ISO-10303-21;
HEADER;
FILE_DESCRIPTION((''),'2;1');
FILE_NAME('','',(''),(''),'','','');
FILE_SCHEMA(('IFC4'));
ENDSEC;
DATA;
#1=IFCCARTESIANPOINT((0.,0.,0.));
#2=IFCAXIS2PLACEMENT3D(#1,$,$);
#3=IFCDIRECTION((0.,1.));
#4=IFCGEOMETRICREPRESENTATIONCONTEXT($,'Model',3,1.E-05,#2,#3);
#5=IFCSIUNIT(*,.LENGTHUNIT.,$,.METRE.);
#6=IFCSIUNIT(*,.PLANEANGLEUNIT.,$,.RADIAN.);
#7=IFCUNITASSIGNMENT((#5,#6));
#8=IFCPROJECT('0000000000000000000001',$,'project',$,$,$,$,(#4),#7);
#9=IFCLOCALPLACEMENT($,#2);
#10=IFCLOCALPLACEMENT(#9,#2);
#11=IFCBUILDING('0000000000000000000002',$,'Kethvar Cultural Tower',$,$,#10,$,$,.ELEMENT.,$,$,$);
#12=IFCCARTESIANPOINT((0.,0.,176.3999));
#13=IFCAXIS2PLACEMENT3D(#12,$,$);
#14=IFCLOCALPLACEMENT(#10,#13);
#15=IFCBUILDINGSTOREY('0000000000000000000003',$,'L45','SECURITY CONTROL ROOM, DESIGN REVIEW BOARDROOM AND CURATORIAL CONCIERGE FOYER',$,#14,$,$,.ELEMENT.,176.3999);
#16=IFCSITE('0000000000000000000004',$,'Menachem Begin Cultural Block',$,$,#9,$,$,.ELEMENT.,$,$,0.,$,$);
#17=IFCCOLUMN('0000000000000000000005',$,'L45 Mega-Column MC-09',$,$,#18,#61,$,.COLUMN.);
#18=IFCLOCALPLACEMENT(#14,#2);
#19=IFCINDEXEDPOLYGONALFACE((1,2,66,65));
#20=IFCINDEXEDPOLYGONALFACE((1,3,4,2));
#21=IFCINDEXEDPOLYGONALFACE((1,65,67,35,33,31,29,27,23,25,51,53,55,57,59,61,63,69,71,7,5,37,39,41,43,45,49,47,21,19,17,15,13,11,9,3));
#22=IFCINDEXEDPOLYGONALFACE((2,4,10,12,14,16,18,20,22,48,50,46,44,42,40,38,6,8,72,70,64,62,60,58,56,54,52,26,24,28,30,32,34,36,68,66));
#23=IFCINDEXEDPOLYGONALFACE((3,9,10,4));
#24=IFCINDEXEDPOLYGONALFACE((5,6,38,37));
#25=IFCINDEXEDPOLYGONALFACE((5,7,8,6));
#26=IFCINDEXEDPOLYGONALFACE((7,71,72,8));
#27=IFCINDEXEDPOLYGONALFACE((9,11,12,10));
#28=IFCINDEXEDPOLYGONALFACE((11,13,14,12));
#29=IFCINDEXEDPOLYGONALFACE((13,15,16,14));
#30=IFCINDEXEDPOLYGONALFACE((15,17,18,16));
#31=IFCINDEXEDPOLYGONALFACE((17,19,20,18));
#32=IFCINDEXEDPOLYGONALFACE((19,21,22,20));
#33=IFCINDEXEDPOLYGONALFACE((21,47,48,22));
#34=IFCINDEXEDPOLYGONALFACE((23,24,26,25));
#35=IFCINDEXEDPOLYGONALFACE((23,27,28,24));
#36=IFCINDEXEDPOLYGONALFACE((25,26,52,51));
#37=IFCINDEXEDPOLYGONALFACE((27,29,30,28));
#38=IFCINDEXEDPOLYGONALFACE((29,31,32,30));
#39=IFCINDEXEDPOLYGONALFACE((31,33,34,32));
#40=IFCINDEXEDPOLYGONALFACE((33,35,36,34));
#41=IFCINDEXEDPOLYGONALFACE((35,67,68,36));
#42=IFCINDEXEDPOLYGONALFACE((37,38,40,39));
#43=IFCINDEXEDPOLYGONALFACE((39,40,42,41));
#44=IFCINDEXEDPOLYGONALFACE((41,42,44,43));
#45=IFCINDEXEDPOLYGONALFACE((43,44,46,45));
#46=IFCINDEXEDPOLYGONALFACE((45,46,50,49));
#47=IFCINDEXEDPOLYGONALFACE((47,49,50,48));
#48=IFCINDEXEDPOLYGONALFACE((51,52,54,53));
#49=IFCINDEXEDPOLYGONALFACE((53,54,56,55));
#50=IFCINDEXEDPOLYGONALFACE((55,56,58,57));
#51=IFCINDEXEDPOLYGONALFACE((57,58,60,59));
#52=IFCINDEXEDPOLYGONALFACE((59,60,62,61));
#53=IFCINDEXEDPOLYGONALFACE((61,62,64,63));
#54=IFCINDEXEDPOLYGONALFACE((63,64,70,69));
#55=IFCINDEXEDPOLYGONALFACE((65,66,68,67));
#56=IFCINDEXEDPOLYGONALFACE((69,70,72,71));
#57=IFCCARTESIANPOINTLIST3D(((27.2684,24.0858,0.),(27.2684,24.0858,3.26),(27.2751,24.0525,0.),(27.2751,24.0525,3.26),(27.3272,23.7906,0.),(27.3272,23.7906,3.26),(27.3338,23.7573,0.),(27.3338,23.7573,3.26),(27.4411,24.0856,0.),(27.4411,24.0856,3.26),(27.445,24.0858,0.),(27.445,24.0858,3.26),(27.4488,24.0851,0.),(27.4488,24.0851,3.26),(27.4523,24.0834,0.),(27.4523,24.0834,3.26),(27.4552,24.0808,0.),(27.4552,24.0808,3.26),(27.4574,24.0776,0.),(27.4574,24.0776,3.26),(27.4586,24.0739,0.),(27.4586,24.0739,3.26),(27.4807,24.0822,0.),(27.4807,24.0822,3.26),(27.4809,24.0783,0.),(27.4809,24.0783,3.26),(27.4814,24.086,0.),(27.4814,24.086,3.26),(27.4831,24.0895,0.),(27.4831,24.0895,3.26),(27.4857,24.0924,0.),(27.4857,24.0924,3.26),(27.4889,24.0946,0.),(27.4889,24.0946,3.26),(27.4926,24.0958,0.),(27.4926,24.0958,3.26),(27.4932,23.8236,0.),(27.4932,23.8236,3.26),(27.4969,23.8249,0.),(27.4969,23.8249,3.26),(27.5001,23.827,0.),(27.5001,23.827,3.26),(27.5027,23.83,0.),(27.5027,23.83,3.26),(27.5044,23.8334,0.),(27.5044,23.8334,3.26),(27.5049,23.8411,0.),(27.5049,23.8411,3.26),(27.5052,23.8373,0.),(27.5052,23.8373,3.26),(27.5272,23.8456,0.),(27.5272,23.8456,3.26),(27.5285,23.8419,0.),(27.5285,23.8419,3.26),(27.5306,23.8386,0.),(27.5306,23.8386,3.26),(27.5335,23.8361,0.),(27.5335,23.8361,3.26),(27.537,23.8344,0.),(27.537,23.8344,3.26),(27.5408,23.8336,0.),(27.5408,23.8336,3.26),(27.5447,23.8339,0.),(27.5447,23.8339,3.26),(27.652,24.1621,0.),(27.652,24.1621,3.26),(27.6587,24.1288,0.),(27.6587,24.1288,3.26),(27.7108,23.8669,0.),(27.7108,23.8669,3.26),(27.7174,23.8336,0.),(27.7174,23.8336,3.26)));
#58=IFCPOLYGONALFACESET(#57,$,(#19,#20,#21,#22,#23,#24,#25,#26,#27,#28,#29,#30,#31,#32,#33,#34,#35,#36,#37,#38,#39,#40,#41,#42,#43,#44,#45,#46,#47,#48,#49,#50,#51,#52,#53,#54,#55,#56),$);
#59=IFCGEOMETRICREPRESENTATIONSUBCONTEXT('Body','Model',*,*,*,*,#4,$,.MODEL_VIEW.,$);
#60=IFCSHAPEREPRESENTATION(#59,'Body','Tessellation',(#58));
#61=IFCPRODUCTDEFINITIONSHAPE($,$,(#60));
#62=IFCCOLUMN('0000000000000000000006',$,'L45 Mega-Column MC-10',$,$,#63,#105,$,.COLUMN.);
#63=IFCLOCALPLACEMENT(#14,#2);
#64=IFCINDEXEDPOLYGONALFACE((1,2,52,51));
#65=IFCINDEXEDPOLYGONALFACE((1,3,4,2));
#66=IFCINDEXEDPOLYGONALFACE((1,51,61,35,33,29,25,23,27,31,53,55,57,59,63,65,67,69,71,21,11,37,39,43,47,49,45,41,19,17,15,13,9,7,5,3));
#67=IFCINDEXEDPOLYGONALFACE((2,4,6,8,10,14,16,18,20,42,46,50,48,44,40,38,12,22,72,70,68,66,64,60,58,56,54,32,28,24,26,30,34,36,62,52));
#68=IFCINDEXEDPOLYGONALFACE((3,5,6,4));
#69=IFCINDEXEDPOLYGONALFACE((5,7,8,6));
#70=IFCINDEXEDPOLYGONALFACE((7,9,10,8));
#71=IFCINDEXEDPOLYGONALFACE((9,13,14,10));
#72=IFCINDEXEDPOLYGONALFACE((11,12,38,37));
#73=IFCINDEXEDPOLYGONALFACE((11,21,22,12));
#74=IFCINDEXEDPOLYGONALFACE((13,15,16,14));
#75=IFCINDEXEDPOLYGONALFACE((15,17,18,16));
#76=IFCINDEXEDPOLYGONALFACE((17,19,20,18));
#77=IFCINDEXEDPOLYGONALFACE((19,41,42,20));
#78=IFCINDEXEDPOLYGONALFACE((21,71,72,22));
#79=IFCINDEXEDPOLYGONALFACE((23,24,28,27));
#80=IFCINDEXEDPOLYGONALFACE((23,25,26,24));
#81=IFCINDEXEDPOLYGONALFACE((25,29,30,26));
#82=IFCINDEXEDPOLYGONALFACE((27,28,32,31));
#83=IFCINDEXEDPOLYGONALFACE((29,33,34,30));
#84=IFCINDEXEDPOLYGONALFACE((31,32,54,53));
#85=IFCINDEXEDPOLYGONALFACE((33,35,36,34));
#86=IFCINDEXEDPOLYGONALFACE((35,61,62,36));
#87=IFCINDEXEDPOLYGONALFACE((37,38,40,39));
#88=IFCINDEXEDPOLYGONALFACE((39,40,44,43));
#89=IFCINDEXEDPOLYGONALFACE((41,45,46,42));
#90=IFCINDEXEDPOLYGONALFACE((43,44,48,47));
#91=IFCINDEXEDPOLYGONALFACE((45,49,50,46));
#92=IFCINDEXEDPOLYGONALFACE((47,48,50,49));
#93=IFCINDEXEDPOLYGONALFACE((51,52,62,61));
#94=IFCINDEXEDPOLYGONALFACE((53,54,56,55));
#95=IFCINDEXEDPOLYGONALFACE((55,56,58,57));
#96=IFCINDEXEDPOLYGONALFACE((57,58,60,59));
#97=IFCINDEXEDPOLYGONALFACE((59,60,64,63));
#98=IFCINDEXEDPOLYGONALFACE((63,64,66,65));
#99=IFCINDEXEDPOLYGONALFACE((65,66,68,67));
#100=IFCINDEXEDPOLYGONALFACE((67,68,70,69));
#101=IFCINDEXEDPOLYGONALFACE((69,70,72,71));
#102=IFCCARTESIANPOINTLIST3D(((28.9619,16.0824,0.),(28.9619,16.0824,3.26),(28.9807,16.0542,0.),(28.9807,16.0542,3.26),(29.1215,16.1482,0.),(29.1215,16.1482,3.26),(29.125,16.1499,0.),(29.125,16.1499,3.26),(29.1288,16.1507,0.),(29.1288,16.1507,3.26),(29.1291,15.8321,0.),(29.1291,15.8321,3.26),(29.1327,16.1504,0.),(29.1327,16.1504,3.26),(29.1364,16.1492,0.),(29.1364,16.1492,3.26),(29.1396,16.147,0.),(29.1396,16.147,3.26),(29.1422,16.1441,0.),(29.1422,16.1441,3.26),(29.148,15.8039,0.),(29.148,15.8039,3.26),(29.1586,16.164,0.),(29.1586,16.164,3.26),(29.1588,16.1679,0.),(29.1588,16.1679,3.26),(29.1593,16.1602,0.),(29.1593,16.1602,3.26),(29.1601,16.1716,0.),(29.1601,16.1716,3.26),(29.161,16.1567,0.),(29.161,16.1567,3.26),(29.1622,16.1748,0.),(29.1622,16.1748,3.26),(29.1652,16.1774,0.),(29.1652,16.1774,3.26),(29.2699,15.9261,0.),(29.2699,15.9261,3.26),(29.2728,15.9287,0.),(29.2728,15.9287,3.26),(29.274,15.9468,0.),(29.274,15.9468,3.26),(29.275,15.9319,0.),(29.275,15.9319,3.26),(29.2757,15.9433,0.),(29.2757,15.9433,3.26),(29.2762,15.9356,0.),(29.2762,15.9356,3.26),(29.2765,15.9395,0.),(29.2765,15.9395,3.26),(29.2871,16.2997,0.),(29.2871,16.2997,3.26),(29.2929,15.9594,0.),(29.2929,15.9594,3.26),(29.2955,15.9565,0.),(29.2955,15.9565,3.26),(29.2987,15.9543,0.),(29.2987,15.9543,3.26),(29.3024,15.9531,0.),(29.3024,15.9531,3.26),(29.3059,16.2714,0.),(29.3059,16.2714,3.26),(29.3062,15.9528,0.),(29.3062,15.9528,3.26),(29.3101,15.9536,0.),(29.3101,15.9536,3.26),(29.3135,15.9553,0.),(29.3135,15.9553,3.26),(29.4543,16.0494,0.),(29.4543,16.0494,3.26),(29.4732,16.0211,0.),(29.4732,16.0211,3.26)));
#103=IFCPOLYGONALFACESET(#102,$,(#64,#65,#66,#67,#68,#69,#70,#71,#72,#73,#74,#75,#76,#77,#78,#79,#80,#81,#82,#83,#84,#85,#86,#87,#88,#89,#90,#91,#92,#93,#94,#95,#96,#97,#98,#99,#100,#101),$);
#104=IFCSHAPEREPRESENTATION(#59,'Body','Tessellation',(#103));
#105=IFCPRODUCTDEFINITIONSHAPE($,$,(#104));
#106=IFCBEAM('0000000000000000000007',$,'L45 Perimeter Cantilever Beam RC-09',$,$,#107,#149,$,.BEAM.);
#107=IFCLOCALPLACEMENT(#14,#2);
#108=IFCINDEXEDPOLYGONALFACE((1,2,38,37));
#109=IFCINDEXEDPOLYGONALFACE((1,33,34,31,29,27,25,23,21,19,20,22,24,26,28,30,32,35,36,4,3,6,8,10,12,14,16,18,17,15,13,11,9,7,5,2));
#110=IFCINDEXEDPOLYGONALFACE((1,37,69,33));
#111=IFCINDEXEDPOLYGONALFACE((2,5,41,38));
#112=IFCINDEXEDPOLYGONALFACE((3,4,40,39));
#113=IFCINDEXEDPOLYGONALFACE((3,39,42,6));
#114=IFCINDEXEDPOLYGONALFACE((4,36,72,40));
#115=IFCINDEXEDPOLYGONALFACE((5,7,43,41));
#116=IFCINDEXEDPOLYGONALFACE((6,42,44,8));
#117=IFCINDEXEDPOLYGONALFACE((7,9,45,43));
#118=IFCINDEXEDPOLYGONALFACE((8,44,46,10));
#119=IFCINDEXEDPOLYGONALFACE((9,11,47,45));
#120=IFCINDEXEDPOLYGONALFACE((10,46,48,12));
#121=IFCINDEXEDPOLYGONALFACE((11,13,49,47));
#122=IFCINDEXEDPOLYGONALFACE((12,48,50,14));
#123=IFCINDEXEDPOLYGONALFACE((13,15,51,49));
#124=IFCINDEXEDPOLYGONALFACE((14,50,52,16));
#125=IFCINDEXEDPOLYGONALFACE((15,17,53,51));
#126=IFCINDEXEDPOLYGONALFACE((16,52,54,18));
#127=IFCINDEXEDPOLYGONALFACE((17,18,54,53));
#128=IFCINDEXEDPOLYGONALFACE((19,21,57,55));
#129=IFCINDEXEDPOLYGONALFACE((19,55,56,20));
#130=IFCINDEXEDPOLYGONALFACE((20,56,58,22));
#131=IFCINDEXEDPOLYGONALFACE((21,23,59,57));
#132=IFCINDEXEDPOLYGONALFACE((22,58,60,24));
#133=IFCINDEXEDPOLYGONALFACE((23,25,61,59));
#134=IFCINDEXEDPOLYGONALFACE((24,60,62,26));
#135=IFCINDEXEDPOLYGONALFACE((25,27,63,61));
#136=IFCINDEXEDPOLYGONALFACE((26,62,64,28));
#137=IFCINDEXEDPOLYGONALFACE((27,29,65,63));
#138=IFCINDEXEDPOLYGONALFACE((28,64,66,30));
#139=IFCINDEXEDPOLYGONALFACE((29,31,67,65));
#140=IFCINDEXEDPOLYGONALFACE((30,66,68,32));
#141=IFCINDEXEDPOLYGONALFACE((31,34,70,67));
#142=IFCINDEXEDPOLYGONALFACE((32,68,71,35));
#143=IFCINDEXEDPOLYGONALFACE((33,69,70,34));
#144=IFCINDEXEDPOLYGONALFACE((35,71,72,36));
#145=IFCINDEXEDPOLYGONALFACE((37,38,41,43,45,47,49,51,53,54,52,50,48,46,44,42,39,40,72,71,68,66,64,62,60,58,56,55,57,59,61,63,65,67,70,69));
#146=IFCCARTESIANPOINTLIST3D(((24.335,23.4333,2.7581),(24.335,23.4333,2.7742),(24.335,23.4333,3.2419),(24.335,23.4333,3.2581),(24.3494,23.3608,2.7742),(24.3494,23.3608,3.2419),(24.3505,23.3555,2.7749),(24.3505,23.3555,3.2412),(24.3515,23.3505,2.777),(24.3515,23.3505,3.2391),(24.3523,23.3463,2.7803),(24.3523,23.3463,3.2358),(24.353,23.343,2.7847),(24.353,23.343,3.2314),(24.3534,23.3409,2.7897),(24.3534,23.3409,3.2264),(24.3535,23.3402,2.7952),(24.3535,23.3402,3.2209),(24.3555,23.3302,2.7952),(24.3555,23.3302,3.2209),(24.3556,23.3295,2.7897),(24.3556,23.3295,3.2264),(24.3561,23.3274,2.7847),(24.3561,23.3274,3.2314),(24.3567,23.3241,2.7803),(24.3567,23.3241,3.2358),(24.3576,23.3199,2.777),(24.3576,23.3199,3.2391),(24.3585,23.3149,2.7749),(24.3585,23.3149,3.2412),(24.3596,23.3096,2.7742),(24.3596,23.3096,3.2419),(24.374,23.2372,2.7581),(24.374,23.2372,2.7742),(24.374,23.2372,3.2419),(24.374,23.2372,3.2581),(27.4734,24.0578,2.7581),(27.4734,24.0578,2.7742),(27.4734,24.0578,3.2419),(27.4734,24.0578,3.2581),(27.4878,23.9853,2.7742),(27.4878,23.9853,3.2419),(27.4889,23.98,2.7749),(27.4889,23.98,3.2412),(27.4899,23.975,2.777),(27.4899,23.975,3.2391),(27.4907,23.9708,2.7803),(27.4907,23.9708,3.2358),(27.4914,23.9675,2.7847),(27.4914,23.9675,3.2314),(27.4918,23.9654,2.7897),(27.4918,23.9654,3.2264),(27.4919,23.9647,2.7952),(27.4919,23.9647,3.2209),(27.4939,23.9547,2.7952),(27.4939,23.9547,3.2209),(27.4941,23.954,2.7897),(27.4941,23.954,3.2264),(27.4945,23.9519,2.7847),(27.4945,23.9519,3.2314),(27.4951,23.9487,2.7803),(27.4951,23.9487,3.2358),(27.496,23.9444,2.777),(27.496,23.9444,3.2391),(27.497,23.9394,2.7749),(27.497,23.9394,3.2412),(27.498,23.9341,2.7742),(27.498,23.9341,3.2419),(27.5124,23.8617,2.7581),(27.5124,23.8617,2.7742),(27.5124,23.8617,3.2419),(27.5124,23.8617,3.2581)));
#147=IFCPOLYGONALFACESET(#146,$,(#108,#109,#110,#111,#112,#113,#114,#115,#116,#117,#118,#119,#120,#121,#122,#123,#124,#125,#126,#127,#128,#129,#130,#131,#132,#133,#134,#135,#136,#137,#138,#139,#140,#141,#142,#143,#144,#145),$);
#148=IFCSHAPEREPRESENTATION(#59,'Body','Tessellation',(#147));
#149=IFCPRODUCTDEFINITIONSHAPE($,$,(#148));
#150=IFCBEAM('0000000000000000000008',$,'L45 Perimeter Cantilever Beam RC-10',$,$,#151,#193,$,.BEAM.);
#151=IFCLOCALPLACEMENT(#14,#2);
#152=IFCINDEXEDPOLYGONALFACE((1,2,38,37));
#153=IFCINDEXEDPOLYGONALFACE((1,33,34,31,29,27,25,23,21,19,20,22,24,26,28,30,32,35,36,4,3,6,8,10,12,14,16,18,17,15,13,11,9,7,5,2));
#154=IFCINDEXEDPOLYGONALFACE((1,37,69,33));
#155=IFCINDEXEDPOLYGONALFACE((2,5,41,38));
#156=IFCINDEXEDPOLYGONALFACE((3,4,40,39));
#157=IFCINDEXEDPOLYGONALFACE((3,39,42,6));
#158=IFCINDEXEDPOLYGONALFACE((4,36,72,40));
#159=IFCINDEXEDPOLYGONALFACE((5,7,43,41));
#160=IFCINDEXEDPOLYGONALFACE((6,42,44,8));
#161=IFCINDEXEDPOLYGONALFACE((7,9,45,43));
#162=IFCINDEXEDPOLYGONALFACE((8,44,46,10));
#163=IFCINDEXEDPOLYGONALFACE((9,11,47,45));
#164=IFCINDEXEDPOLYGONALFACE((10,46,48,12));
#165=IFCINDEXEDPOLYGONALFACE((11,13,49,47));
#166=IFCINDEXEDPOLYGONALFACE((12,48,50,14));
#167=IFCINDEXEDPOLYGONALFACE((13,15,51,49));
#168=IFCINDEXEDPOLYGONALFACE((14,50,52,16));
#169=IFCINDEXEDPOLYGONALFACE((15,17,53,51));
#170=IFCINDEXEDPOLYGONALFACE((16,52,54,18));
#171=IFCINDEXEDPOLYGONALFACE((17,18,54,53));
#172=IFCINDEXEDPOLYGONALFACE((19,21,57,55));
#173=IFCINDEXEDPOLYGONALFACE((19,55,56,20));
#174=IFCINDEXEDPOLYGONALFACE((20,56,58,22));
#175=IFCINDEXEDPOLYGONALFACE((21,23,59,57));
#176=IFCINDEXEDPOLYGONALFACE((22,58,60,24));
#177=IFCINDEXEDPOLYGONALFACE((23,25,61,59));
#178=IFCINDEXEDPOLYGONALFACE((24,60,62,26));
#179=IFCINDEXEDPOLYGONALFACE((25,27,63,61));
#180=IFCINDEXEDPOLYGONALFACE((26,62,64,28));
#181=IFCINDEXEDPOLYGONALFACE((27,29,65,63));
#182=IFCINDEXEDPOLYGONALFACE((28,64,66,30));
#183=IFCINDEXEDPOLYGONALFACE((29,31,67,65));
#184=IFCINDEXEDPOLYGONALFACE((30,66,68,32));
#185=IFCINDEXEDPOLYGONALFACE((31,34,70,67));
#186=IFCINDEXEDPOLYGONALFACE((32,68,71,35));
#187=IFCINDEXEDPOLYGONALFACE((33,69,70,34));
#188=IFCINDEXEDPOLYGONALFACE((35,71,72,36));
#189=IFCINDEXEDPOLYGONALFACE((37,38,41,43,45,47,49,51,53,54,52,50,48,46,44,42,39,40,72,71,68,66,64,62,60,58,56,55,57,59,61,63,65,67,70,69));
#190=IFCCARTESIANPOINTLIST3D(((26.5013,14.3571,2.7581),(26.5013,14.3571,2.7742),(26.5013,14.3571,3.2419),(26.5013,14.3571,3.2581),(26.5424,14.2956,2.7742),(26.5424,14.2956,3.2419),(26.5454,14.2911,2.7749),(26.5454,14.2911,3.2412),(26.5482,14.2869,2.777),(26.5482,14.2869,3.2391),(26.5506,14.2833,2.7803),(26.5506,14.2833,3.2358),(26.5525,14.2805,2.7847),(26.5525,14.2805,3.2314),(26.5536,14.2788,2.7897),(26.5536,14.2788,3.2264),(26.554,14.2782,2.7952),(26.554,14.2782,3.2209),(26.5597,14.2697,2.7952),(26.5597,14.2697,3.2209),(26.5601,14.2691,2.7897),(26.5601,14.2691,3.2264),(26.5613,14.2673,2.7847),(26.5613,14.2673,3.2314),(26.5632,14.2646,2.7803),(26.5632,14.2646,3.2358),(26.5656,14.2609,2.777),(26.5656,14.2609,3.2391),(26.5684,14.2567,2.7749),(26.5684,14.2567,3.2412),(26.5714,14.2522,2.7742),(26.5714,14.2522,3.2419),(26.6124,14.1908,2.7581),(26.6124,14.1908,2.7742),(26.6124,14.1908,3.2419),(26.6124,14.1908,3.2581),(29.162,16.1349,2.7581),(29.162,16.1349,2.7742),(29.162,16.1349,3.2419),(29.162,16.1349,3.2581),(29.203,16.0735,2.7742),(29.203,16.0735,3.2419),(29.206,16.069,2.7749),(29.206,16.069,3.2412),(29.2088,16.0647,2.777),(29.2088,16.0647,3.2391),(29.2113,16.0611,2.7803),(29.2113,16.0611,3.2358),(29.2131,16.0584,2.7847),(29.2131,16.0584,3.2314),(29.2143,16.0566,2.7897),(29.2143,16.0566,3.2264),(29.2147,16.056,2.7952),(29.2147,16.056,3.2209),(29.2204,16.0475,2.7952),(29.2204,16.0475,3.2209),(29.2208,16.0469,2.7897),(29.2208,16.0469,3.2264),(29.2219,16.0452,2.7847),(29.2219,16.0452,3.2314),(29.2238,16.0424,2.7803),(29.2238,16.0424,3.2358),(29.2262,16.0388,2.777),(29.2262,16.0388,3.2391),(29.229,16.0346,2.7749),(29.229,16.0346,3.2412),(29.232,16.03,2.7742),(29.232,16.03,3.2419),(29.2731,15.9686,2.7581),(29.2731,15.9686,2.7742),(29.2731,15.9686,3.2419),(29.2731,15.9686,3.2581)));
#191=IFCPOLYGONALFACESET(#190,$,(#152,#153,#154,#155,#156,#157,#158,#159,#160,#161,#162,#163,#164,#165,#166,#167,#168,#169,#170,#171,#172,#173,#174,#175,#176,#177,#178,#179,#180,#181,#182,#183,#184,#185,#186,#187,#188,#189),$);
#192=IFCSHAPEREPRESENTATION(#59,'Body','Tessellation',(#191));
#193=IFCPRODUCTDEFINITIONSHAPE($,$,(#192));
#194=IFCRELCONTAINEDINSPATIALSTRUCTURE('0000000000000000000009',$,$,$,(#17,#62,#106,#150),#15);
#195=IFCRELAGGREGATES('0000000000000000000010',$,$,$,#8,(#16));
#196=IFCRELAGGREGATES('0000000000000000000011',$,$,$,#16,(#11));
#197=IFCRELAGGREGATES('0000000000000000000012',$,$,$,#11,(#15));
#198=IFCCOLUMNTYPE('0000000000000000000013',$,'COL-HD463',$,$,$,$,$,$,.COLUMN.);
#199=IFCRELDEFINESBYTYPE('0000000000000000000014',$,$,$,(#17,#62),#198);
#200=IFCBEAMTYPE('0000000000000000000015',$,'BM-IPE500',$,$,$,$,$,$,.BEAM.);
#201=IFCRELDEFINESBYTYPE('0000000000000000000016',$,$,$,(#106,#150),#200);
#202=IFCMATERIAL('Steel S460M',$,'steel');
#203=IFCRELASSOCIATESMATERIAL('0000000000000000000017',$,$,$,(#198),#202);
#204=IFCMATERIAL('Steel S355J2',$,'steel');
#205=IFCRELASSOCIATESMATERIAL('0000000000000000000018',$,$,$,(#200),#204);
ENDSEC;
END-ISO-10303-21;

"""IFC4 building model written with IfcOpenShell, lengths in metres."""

from ifc_helpers import new_model, si_unit, direction, frame, origin, origin_2d, place, context, subcontext, project, spatial, i_section, extrude, source, transform, mapped, material, material_profile, profile_set, type_object, element, save


model = new_model("IFC4")

# Units and contexts
model_context = context("Model", 3, precision=1e-05, world=origin(), true_north=direction((0.0, 1.0)))
body_context = subcontext(model_context, "Body", "Model", "MODEL_VIEW")
ifc_project = project(units=[si_unit("LENGTHUNIT", "METRE"), si_unit("PLANEANGLEUNIT", "RADIAN")], contexts=[model_context])

# Site, building, storey
site_placement = place(None, origin())
site = spatial("IfcSite", under=ifc_project, at=site_placement, Name="Menachem Begin Cultural Block", CompositionType="ELEMENT", RefElevation=0.0)
building_placement = place(site_placement, origin())
building = spatial("IfcBuilding", under=site, at=building_placement, Name="Kethvar Cultural Tower", CompositionType="ELEMENT")
storey_placement = place(building_placement, frame((0.0, 0.0, 176.3999)))
storey = spatial("IfcBuildingStorey", under=building, at=storey_placement, Name="L45", Description="SECURITY CONTROL ROOM, DESIGN REVIEW BOARDROOM AND CURATORIAL CONCIERGE FOYER", CompositionType="ELEMENT", Elevation=176.3999)

# Columns
ifc_material_1 = material(Name="Steel S460M", Category="steel")
ifc_material_profile_1 = material_profile(ifc_material_1, i_section(OverallWidth=0.3911, OverallDepth=0.335, WebThickness=0.0227, FlangeThickness=0.0339, FilletRadius=0.0149, at=origin_2d()), Name="Steel S460M — HD400x463")
ifc_profile_set_1 = profile_set([ifc_material_profile_1], Name="Steel S460M — HD400x463")
column_type = type_object("IfcColumnType", Name="COL-HD463", PredefinedType="COLUMN", material=ifc_profile_set_1)
shared_shape_1 = source(origin(), body_context, "Body", "SweptSolid", [
    extrude(i_section(OverallWidth=0.3911, OverallDepth=0.335, WebThickness=0.0227, FlangeThickness=0.0339, FilletRadius=0.0149, at=origin_2d()), origin(), (0.0, 0.0, 1.0), 3.26),
])
for number, where, z_axis, x_axis, name in (
    (1, (27.4929, 23.9597, 0.0), (0.0, 0.0, 1.0), (-0.980785, -0.19509, 0.0), "L45 Mega-Column MC-09"),
    (2, (29.2175, 16.0518, 0.0), (0.0, 0.0, 1.0), (-0.83147, -0.55557, 0.0), "L45 Mega-Column MC-10"),
):
    element("IfcColumn", number, at=place(storey_placement, frame(where, z_axis=z_axis, x_axis=x_axis)), inside=storey, type_object=column_type, Name=name, PredefinedType="COLUMN", context=body_context, shape_type="MappedRepresentation", body=[
        mapped(shared_shape_1, transform((0.0, 0.0, 0.0), scale=1.0)),
    ])

# Beams
ifc_material_2 = material(Name="Steel S355J2", Category="steel")
ifc_material_profile_2 = material_profile(ifc_material_2, i_section(OverallWidth=0.2, OverallDepth=0.5, WebThickness=0.0103, FlangeThickness=0.0161, FilletRadius=0.021, at=origin_2d()), Name="Steel S355J2 — IPE500")
ifc_profile_set_2 = profile_set([ifc_material_profile_2], Name="Steel S355J2 — IPE500")
beam_type_1 = type_object("IfcBeamType", Name="BM-IPE500", PredefinedType="BEAM", material=ifc_profile_set_2)
shared_shape_2 = source(origin(), body_context, "Body", "SweptSolid", [
    extrude(i_section(OverallWidth=0.2, OverallDepth=0.5, WebThickness=0.0103, FlangeThickness=0.0161, FilletRadius=0.021, at=origin_2d()), origin(), (0.0, 0.0, 1.0), 3.2),
])
for number, where, z_axis, x_axis, name in (
    (3, (27.4929, 23.9597, 3.0081), (-0.980771, -0.195162, 0.0), (0.195162, -0.980771, 0.0), "L45 Perimeter Cantilever Beam RC-09"),
    (4, (29.2175, 16.0518, 3.0081), (-0.831463, -0.55558, 0.0), (0.55558, -0.831463, 0.0), "L45 Perimeter Cantilever Beam RC-10"),
):
    element("IfcBeam", number, at=place(storey_placement, frame(where, z_axis=z_axis, x_axis=x_axis)), inside=storey, type_object=beam_type_1, Name=name, PredefinedType="BEAM", context=body_context, shape_type="MappedRepresentation", body=[
        mapped(shared_shape_2, transform((0.0, 0.0, 0.0), scale=1.0)),
    ])

save(model, "model.ifc")
